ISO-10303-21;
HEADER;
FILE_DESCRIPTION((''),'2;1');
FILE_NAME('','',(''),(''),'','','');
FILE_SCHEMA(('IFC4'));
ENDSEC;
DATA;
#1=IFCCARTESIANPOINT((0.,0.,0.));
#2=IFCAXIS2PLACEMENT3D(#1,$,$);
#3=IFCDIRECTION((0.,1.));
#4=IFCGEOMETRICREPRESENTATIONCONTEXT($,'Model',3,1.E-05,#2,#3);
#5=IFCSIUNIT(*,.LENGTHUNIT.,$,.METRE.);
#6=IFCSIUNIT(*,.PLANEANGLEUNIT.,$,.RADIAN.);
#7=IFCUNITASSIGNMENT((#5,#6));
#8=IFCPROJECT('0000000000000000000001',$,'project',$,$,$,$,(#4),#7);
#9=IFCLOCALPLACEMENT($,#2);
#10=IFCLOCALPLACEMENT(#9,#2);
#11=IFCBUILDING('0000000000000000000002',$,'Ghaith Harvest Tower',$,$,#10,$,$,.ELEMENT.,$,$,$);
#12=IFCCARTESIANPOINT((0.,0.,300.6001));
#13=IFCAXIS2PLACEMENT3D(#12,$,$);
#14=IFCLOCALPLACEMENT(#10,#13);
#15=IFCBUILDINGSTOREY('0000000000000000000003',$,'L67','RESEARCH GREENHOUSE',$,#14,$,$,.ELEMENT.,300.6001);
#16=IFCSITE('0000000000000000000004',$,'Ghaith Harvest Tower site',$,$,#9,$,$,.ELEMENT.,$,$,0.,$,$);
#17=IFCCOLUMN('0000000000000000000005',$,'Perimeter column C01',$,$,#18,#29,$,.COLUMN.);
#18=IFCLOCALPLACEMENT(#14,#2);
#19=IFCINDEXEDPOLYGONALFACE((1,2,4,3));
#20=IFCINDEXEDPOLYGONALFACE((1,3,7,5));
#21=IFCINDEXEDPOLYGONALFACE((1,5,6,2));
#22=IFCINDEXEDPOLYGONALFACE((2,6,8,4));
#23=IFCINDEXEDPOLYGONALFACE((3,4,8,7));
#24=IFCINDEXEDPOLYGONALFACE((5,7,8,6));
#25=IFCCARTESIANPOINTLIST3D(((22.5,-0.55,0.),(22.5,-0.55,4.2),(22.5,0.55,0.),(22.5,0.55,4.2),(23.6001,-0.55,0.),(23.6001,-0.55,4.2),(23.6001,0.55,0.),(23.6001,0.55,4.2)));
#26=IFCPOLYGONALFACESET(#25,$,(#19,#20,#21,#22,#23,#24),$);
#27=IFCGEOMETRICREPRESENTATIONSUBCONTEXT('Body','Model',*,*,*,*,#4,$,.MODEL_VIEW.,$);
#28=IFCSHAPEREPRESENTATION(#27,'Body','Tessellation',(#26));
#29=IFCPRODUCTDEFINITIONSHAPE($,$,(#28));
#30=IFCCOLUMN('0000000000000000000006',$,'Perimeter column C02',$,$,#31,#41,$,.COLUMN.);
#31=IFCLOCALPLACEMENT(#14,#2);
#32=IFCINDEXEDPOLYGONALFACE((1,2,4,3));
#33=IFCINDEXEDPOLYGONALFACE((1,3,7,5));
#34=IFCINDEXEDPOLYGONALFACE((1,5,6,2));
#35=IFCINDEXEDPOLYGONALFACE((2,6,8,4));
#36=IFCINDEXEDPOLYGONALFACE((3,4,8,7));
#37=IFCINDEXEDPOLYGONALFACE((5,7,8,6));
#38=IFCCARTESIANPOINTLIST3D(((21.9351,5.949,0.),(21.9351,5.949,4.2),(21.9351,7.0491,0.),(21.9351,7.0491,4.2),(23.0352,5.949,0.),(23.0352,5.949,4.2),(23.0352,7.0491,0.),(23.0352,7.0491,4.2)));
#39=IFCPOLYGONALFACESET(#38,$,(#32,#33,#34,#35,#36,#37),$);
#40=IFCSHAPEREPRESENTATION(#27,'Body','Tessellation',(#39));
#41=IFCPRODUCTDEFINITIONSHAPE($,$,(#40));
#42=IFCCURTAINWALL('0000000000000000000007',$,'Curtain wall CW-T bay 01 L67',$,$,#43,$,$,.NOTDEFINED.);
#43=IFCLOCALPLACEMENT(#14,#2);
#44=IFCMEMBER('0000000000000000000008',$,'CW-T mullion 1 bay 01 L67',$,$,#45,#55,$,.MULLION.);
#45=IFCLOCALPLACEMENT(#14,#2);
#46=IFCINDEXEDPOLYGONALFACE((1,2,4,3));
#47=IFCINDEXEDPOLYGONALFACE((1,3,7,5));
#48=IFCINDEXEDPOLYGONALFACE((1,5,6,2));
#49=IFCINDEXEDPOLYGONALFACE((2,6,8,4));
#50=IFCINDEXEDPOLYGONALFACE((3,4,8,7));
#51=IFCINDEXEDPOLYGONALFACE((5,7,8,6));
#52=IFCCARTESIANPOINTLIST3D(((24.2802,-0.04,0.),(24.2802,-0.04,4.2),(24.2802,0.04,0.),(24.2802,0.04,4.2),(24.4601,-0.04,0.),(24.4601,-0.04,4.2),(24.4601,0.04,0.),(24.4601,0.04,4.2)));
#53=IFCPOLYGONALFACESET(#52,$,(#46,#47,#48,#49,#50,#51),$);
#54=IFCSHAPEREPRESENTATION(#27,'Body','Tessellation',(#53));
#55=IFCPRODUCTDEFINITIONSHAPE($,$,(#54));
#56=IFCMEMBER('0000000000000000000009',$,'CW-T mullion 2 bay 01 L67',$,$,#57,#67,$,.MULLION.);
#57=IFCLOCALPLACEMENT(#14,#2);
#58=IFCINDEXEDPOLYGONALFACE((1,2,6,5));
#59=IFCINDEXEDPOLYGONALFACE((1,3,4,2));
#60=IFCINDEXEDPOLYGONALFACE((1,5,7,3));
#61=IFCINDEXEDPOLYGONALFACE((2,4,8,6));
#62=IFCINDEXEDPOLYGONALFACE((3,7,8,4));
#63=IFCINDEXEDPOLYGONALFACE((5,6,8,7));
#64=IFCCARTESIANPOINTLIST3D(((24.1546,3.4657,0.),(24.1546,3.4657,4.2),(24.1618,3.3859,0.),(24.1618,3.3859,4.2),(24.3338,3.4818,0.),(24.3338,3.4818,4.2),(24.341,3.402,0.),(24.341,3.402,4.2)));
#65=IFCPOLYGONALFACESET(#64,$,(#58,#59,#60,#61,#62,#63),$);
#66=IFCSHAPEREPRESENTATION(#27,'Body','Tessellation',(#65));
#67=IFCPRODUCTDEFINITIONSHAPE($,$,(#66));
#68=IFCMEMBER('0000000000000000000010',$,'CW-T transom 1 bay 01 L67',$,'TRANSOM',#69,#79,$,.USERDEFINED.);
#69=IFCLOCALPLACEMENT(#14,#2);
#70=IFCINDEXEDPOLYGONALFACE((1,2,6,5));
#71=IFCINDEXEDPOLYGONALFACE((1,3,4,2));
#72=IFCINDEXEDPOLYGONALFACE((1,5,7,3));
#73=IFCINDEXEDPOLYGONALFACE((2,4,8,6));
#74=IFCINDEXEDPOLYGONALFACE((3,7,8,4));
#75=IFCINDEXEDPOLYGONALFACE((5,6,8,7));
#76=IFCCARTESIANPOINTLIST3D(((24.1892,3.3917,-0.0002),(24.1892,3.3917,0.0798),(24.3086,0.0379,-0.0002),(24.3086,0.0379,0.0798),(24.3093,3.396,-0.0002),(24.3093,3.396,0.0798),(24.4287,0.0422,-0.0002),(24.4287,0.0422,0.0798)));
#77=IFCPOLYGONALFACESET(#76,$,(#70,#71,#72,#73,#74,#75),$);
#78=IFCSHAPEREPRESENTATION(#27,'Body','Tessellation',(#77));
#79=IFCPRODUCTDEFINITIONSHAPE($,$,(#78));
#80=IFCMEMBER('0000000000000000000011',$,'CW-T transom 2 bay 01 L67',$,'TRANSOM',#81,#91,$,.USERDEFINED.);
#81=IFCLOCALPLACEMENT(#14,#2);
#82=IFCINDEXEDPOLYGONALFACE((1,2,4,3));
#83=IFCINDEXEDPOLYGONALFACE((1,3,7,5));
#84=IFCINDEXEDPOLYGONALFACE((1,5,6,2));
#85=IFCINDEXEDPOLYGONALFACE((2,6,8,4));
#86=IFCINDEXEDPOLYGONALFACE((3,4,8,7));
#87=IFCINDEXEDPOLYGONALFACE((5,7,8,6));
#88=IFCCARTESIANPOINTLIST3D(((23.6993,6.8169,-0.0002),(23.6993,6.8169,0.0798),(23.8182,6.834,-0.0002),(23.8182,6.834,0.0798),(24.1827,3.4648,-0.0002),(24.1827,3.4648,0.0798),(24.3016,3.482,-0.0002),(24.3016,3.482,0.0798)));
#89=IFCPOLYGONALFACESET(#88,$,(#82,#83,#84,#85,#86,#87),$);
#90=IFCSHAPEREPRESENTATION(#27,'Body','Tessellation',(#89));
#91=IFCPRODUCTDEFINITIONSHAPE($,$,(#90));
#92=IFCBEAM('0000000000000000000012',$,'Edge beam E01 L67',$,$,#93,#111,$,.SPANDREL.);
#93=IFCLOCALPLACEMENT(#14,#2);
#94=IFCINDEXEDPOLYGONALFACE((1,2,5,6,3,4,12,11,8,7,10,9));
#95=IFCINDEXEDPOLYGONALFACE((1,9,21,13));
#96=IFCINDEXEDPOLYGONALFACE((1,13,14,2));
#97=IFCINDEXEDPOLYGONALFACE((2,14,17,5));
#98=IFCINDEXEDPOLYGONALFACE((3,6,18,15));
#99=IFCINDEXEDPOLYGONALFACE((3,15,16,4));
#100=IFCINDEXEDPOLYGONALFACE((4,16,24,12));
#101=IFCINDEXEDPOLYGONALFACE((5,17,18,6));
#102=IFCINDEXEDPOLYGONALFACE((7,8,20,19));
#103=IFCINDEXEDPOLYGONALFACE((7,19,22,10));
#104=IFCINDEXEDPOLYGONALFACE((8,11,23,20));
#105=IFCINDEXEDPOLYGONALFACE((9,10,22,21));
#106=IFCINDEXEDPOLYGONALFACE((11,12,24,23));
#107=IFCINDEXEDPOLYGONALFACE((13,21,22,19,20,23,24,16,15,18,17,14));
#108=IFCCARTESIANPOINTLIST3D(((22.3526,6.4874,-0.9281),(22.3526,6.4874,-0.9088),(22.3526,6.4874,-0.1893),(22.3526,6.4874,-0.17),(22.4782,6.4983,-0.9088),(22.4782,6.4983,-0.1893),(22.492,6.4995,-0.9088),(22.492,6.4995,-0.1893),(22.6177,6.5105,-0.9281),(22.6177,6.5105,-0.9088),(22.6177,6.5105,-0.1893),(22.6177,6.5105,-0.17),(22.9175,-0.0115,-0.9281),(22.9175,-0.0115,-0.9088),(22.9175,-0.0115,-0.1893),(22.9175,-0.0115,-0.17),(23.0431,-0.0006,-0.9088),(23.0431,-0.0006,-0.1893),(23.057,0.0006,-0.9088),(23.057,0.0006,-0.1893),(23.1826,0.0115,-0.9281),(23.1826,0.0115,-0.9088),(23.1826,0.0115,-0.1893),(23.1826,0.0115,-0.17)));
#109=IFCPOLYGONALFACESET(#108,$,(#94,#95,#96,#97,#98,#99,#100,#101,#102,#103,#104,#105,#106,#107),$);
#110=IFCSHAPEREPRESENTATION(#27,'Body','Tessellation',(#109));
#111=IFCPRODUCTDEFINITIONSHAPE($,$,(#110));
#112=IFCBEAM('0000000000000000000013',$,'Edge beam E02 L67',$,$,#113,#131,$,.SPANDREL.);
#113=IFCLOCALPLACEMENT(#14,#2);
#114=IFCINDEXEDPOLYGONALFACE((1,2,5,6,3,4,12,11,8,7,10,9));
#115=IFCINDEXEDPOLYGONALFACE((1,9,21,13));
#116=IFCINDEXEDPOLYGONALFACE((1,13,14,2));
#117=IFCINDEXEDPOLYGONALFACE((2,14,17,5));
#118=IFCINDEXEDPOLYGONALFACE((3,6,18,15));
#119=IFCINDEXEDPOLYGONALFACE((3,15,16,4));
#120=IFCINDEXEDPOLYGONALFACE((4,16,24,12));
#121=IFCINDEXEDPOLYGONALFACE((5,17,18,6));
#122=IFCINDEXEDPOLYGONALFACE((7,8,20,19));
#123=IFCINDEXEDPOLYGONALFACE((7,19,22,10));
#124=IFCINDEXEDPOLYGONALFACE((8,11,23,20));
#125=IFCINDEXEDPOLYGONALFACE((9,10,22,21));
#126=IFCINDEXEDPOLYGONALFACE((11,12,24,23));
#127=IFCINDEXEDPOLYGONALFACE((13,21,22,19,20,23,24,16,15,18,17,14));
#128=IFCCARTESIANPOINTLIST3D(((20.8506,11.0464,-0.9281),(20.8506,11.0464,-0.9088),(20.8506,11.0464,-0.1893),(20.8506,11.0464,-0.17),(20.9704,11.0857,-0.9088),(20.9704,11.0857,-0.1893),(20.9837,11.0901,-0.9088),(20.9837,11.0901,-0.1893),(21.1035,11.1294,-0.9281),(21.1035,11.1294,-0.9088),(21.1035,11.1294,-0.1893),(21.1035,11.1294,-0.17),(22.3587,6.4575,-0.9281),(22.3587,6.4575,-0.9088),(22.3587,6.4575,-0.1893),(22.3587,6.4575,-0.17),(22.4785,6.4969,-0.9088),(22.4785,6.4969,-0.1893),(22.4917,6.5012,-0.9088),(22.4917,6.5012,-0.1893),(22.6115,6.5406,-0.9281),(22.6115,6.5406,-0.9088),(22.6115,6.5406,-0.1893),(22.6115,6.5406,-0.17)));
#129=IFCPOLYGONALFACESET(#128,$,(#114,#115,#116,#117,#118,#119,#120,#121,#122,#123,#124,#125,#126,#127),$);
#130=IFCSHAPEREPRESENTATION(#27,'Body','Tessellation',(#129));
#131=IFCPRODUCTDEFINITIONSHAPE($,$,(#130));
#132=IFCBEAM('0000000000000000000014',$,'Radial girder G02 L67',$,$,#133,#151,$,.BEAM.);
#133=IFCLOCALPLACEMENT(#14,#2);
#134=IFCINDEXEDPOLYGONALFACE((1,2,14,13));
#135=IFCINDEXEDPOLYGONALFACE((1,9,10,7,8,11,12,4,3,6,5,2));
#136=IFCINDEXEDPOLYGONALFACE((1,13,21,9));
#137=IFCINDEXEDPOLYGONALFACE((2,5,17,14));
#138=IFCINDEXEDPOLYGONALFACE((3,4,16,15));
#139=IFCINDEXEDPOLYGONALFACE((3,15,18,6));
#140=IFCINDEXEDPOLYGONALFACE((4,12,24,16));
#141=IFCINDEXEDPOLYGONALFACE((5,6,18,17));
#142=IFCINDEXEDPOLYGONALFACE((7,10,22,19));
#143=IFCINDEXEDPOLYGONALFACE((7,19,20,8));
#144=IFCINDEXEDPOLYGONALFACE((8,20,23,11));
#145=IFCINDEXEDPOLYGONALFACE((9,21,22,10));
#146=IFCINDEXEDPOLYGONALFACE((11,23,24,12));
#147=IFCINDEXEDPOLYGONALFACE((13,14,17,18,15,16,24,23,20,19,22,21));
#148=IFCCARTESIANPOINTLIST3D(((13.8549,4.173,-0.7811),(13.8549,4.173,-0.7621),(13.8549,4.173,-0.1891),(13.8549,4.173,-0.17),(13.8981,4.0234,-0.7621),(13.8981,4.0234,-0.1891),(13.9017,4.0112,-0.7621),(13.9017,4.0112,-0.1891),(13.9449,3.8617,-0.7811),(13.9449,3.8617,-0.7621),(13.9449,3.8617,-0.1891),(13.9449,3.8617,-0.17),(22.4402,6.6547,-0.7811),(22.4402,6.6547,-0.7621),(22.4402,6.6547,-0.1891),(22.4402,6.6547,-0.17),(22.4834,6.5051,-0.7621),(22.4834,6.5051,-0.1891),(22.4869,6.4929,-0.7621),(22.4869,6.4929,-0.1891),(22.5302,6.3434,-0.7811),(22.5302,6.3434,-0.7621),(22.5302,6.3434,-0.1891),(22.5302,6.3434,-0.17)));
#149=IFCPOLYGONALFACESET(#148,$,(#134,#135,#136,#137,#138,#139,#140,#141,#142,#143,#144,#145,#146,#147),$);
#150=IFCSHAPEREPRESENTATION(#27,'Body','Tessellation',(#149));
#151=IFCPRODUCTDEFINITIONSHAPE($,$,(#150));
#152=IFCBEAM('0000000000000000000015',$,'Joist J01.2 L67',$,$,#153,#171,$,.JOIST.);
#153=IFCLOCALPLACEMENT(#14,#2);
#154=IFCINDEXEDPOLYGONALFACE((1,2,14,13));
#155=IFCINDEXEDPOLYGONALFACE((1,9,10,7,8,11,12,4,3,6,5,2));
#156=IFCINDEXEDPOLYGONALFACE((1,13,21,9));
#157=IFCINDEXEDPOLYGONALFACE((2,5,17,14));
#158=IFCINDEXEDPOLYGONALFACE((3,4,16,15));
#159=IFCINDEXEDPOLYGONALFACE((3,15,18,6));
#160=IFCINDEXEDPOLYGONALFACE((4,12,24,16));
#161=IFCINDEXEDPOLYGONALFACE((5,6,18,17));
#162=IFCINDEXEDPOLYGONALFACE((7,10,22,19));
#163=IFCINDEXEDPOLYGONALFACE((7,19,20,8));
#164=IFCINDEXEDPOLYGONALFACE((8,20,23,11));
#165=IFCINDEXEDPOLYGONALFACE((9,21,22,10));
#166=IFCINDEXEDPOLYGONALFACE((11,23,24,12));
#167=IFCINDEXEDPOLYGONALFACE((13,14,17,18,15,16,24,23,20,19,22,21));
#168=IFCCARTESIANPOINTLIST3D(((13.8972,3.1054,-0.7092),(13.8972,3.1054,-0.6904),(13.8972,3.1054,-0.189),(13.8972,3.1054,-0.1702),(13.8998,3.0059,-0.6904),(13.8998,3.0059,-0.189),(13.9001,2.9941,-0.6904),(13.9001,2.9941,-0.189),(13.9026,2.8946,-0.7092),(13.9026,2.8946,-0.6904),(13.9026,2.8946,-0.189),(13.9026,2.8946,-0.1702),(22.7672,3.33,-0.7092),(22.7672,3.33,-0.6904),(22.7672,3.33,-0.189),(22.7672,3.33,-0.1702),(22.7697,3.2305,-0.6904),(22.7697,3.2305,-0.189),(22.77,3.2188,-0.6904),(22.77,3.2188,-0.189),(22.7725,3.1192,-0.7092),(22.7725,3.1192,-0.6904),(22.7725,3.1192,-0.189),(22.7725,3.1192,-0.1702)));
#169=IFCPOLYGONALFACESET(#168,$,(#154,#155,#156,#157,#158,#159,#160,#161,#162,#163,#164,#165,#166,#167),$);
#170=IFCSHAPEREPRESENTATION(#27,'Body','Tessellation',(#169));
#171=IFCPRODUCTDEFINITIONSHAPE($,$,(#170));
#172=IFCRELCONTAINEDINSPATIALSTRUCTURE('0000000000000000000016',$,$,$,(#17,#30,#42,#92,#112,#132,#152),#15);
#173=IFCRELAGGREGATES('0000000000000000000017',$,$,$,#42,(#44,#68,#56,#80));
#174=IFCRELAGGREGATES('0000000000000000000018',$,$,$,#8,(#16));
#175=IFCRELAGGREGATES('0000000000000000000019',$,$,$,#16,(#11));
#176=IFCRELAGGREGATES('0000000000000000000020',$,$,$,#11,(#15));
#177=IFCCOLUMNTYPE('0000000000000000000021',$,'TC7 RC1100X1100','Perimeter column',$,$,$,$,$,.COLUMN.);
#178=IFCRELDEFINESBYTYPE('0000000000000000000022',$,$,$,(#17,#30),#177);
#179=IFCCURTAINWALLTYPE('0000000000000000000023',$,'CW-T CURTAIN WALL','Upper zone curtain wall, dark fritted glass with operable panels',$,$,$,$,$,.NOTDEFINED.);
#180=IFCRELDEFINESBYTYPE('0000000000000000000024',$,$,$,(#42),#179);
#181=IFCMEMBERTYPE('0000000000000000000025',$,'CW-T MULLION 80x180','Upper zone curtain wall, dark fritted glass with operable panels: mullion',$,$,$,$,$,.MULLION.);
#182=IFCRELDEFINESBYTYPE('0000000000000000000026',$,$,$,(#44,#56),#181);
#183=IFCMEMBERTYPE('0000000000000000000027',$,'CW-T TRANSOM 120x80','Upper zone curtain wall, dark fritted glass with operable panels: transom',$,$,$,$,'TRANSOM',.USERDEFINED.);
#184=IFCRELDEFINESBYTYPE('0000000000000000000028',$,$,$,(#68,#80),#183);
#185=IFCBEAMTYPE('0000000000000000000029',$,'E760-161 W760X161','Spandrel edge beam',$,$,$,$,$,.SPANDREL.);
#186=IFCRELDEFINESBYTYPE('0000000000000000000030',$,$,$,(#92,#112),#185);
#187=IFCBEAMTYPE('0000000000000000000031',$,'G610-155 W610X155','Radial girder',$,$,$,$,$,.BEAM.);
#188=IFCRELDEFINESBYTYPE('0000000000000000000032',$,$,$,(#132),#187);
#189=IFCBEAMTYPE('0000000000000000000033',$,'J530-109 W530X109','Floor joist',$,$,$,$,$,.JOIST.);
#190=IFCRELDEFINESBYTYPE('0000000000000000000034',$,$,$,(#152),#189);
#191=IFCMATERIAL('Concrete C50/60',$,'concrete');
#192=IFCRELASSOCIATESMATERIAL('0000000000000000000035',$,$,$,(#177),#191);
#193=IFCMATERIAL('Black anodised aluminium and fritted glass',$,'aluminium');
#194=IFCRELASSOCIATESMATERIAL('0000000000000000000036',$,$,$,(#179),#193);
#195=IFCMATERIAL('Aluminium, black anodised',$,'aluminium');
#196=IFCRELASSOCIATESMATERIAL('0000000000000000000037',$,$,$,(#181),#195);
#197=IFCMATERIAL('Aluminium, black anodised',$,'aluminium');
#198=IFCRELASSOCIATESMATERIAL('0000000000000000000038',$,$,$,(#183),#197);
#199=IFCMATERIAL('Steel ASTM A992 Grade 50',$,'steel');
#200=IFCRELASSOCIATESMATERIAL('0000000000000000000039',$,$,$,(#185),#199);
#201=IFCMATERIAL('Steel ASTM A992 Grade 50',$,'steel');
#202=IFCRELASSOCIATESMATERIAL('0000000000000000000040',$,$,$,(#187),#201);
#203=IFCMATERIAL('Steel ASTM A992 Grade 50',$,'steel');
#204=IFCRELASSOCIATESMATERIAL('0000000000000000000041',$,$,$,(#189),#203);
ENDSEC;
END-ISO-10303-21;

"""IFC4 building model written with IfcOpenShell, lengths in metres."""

from ifc_helpers import new_model, si_unit, direction, frame, origin, origin_2d, place, context, subcontext, project, spatial, rectangle, i_section, extrude, material, material_profile, profile_set, type_object, element, aggregate, save


model = new_model("IFC4")

# Units and contexts
model_context = context("Model", 3, precision=1e-05, world=origin(), true_north=direction((0.0, 1.0)))
body_context = subcontext(model_context, "Body", "Model", "MODEL_VIEW")
ifc_project = project(units=[si_unit("LENGTHUNIT", "METRE"), si_unit("PLANEANGLEUNIT", "RADIAN")], contexts=[model_context])

# Site, building, storey
site_placement = place(None, origin())
site = spatial("IfcSite", under=ifc_project, at=site_placement, Name="Ghaith Harvest Tower site", CompositionType="ELEMENT", RefElevation=0.0)
building_placement = place(site_placement, origin())
building = spatial("IfcBuilding", under=site, at=building_placement, Name="Ghaith Harvest Tower", CompositionType="ELEMENT")
storey_placement = place(building_placement, frame((0.0, 0.0, 300.6001)))
storey = spatial("IfcBuildingStorey", under=building, at=storey_placement, Name="L67", Description="RESEARCH GREENHOUSE", CompositionType="ELEMENT", Elevation=300.6001)

# Columns
ifc_material_1 = material(Name="Concrete C50/60", Category="concrete")
ifc_material_profile_1 = material_profile(ifc_material_1, rectangle(XDim=1.1001, YDim=1.1001, at=origin_2d()), Name="RC1100X1100")
ifc_profile_set_1 = profile_set([ifc_material_profile_1], Name="Concrete C50/60")
column_type = type_object("IfcColumnType", Name="TC7 RC1100X1100", Description="Perimeter column", PredefinedType="COLUMN", material=ifc_profile_set_1)
for number, where, z_axis, x_axis, name in (
    (1, (23.05, 0.0, 0.0), (0.0, 0.0, 1.0), (1.0, 0.0, 0.0), "Perimeter column C01"),
    (2, (22.4851, 6.499, 0.0), (0.0, 0.0, 1.0), (1.0, 0.0, 0.0), "Perimeter column C02"),
):
    element("IfcColumn", number, at=place(storey_placement, frame(where, z_axis=z_axis, x_axis=x_axis)), inside=storey, type_object=column_type, Name=name, PredefinedType="COLUMN", context=body_context, shape_type="SweptSolid", body=[
        extrude(rectangle(XDim=1.1001, YDim=1.1001, at=origin_2d()), origin(), (0.0, 0.0, 1.0), 4.2),
    ])

# Curtain wall, members
ifc_material_2 = material(Name="Black anodised aluminium and fritted glass", Category="aluminium")
curtain_wall_type = type_object("IfcCurtainWallType", Name="CW-T CURTAIN WALL", Description="Upper zone curtain wall, dark fritted glass with operable panels", PredefinedType="NOTDEFINED", material=ifc_material_2)
curtain_wall_placement = place(storey_placement, origin())
curtain_wall = element("IfcCurtainWall", 3, at=curtain_wall_placement, inside=storey, type_object=curtain_wall_type, Name="Curtain wall CW-T bay 01 L67", PredefinedType="NOTDEFINED")
ifc_material_3 = material(Name="Aluminium, black anodised", Category="aluminium")
ifc_material_profile_2 = material_profile(ifc_material_3, rectangle(XDim=0.0801, YDim=0.1799, at=origin_2d()), Name="CW-T MULLION 80x180")
ifc_profile_set_2 = profile_set([ifc_material_profile_2], Name="Aluminium, black anodised")
member_type_1 = type_object("IfcMemberType", Name="CW-T MULLION 80x180", Description="Upper zone curtain wall, dark fritted glass with operable panels: mullion", PredefinedType="MULLION", material=ifc_profile_set_2)
member_1_placement = place(storey_placement, frame((24.3701, 0.0, 0.0), z_axis=(0.0, 0.0, 1.0), x_axis=(0.0, 1.0, 0.0)))
member_1 = element("IfcMember", 4, at=member_1_placement, type_object=member_type_1, Name="CW-T mullion 1 bay 01 L67", PredefinedType="MULLION", context=body_context, shape_type="SweptSolid", body=[
    extrude(rectangle(XDim=0.0801, YDim=0.1799, at=origin_2d()), origin(), (0.0, 0.0, 1.0), 4.2),
])
member_2_placement = place(storey_placement, frame((24.2478, 3.4338, 0.0), z_axis=(0.0, 0.0, 1.0), x_axis=(-0.089502, 0.995987, 0.0)))
member_2 = element("IfcMember", 5, at=member_2_placement, type_object=member_type_1, Name="CW-T mullion 2 bay 01 L67", PredefinedType="MULLION", context=body_context, shape_type="SweptSolid", body=[
    extrude(rectangle(XDim=0.0801, YDim=0.1799, at=origin_2d()), origin(), (0.0, 0.0, 1.0), 4.2),
])
ifc_material_4 = material(Name="Aluminium, black anodised", Category="aluminium")
ifc_material_profile_3 = material_profile(ifc_material_4, rectangle(XDim=0.1201, YDim=0.0801, at=origin_2d()), Name="CW-T TRANSOM 120x80")
ifc_profile_set_3 = profile_set([ifc_material_profile_3], Name="Aluminium, black anodised")
member_type_2 = type_object("IfcMemberType", Name="CW-T TRANSOM 120x80", Description="Upper zone curtain wall, dark fritted glass with operable panels: transom", ElementType="TRANSOM", PredefinedType="USERDEFINED", material=ifc_profile_set_3)
member_3_placement = place(storey_placement, frame((24.3687, 0.04, 0.0398), z_axis=(-0.035575, 0.999367, 0.0), x_axis=(-0.999367, -0.035575, 0.0)))
member_3 = element("IfcMember", 6, at=member_3_placement, type_object=member_type_2, Name="CW-T transom 1 bay 01 L67", ObjectType="TRANSOM", PredefinedType="USERDEFINED", context=body_context, shape_type="SweptSolid", body=[
    extrude(rectangle(XDim=0.1201, YDim=0.0801, at=origin_2d()), origin(), (0.0, 0.0, 1.0), 3.356),
])
member_4_placement = place(storey_placement, frame((24.2422, 3.4734, 0.0398), z_axis=(-0.142733, 0.989761, 0.0), x_axis=(-0.989761, -0.142733, 0.0)))
member_4 = element("IfcMember", 7, at=member_4_placement, type_object=member_type_2, Name="CW-T transom 2 bay 01 L67", ObjectType="TRANSOM", PredefinedType="USERDEFINED", context=body_context, shape_type="SweptSolid", body=[
    extrude(rectangle(XDim=0.1201, YDim=0.0801, at=origin_2d()), origin(), (0.0, 0.0, 1.0), 3.3867),
])

# Beams
ifc_material_5 = material(Name="Steel ASTM A992 Grade 50", Category="steel")
ifc_material_profile_4 = material_profile(ifc_material_5, i_section(OverallWidth=0.2661, OverallDepth=0.7581, WebThickness=0.0139, FlangeThickness=0.0193, at=origin_2d()), Name="W760X161")
ifc_profile_set_4 = profile_set([ifc_material_profile_4], Name="Steel ASTM A992 Grade 50")
beam_type_1 = type_object("IfcBeamType", Name="E760-161 W760X161", Description="Spandrel edge beam", PredefinedType="SPANDREL", material=ifc_profile_set_4)
beam_1_placement = place(storey_placement, frame((23.05, 0.0, -0.5491), z_axis=(-0.086601, 0.996243, 0.0), x_axis=(-0.996243, -0.086601, 0.0)))
element("IfcBeam", 8, at=beam_1_placement, inside=storey, type_object=beam_type_1, Name="Edge beam E01 L67", PredefinedType="SPANDREL", context=body_context, shape_type="SweptSolid", body=[
    extrude(i_section(OverallWidth=0.2661, OverallDepth=0.7581, WebThickness=0.0139, FlangeThickness=0.0193, at=origin_2d()), origin(), (0.0, 0.0, 1.0), 6.5234),
])
beam_2_placement = place(storey_placement, frame((22.4851, 6.499, -0.5491), z_axis=(-0.312207, 0.950014, 0.0), x_axis=(-0.950014, -0.312207, 0.0)))
element("IfcBeam", 9, at=beam_2_placement, inside=storey, type_object=beam_type_1, Name="Edge beam E02 L67", PredefinedType="SPANDREL", context=body_context, shape_type="SweptSolid", body=[
    extrude(i_section(OverallWidth=0.2661, OverallDepth=0.7581, WebThickness=0.0139, FlangeThickness=0.0193, at=origin_2d()), origin(), (0.0, 0.0, 1.0), 4.8303),
])
ifc_material_6 = material(Name="Steel ASTM A992 Grade 50", Category="steel")
ifc_material_profile_5 = material_profile(ifc_material_6, i_section(OverallWidth=0.324, OverallDepth=0.6111, WebThickness=0.0127, FlangeThickness=0.019, at=origin_2d()), Name="W610X155")
ifc_profile_set_5 = profile_set([ifc_material_profile_5], Name="Steel ASTM A992 Grade 50")
beam_type_2 = type_object("IfcBeamType", Name="G610-155 W610X155", Description="Radial girder", PredefinedType="BEAM", material=ifc_profile_set_5)
beam_3_placement = place(storey_placement, frame((13.8999, 4.0173, -0.4756), z_axis=(0.960669, 0.277697, 0.0), x_axis=(-0.277697, 0.960669, 0.0)))
element("IfcBeam", 10, at=beam_3_placement, inside=storey, type_object=beam_type_2, Name="Radial girder G02 L67", PredefinedType="BEAM", context=body_context, shape_type="SweptSolid", body=[
    extrude(i_section(OverallWidth=0.324, OverallDepth=0.6111, WebThickness=0.0127, FlangeThickness=0.019, at=origin_2d()), origin(), (0.0, 0.0, 1.0), 8.9368),
])
ifc_material_7 = material(Name="Steel ASTM A992 Grade 50", Category="steel")
ifc_material_profile_6 = material_profile(ifc_material_7, i_section(OverallWidth=0.2109, OverallDepth=0.5391, WebThickness=0.0117, FlangeThickness=0.0188, at=origin_2d()), Name="W530X109")
ifc_profile_set_6 = profile_set([ifc_material_profile_6], Name="Steel ASTM A992 Grade 50")
beam_type_3 = type_object("IfcBeamType", Name="J530-109 W530X109", Description="Floor joist", PredefinedType="JOIST", material=ifc_profile_set_6)
beam_4_placement = place(storey_placement, frame((13.8999, 3.0, -0.4397), z_axis=(0.99968, 0.025315, 0.0), x_axis=(-0.025315, 0.99968, 0.0)))
element("IfcBeam", 11, at=beam_4_placement, inside=storey, type_object=beam_type_3, Name="Joist J01.2 L67", PredefinedType="JOIST", context=body_context, shape_type="SweptSolid", body=[
    extrude(i_section(OverallWidth=0.2109, OverallDepth=0.5391, WebThickness=0.0117, FlangeThickness=0.0188, at=origin_2d()), origin(), (0.0, 0.0, 1.0), 8.8728),
])

aggregate(curtain_wall, [member_1, member_3, member_2, member_4])

save(model, "model.ifc")
